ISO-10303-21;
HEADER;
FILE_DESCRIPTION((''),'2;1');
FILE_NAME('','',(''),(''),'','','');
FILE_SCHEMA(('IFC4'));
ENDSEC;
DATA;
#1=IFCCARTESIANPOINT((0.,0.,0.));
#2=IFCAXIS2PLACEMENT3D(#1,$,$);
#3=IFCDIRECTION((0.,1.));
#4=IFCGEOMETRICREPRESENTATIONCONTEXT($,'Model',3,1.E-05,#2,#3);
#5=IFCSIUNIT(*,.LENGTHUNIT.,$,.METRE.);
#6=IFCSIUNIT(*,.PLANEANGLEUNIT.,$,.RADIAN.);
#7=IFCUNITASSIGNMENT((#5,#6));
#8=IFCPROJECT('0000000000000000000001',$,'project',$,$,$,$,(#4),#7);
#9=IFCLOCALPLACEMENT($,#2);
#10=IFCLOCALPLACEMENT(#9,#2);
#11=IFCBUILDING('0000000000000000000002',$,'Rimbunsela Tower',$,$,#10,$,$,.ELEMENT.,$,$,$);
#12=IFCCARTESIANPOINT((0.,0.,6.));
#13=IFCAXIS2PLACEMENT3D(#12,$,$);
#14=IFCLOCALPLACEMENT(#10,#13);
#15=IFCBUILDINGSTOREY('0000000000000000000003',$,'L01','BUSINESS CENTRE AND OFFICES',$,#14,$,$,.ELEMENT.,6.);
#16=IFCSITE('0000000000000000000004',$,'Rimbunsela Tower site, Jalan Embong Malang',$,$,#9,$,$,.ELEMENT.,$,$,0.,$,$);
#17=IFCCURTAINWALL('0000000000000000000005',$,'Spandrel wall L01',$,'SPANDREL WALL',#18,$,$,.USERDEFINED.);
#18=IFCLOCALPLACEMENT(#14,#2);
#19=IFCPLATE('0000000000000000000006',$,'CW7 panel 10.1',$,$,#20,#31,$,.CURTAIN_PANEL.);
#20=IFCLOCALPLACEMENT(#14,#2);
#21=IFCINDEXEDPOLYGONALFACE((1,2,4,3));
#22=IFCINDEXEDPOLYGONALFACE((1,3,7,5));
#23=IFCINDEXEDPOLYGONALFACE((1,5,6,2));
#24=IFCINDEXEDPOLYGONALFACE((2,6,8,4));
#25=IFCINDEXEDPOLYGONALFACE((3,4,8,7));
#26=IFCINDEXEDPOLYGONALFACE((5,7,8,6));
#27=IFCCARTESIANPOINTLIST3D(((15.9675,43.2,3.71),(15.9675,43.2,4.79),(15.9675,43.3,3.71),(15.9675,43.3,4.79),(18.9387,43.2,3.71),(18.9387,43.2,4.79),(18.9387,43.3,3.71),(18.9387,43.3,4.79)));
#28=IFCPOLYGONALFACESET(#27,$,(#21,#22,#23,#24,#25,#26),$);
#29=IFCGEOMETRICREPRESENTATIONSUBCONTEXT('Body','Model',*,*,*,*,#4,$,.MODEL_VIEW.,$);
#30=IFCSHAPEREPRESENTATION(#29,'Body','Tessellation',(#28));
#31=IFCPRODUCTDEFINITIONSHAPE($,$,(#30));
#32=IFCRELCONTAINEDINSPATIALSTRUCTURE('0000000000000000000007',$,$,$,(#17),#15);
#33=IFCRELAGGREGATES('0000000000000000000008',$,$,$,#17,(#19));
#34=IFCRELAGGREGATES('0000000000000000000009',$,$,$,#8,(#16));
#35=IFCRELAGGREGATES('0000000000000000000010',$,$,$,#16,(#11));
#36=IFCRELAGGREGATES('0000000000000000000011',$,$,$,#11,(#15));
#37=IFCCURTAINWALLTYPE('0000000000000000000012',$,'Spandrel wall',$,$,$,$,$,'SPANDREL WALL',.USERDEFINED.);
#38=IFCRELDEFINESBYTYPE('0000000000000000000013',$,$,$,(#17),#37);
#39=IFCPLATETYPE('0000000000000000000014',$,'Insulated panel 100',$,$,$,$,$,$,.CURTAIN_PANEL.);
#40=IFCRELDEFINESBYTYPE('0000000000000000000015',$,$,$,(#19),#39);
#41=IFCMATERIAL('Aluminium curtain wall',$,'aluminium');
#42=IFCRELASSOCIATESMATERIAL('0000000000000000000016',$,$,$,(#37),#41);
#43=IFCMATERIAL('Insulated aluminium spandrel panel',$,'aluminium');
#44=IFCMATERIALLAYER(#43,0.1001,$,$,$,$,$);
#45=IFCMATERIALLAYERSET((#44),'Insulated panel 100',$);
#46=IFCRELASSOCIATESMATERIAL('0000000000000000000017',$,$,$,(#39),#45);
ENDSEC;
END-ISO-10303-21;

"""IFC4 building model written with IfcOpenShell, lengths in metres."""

from ifc_helpers import new_model, si_unit, direction, frame, origin, origin_2d, place, context, subcontext, project, spatial, rectangle, extrude, material, layer, layer_set, type_object, element, aggregate, save


model = new_model("IFC4")

# Units and contexts
model_context = context("Model", 3, precision=1e-05, world=origin(), true_north=direction((0.0, 1.0)))
body_context = subcontext(model_context, "Body", "Model", "MODEL_VIEW")
ifc_project = project(units=[si_unit("LENGTHUNIT", "METRE"), si_unit("PLANEANGLEUNIT", "RADIAN")], contexts=[model_context])

# Site, building, storey
site_placement = place(None, origin())
site = spatial("IfcSite", under=ifc_project, at=site_placement, Name="Rimbunsela Tower site, Jalan Embong Malang", CompositionType="ELEMENT", RefElevation=0.0)
building_placement = place(site_placement, origin())
building = spatial("IfcBuilding", under=site, at=building_placement, Name="Rimbunsela Tower", CompositionType="ELEMENT")
storey_placement = place(building_placement, frame((0.0, 0.0, 6.0)))
storey = spatial("IfcBuildingStorey", under=building, at=storey_placement, Name="L01", Description="BUSINESS CENTRE AND OFFICES", CompositionType="ELEMENT", Elevation=6.0)

# Curtain wall
ifc_material_1 = material(Name="Aluminium curtain wall", Category="aluminium")
curtain_wall_type_1 = type_object("IfcCurtainWallType", Name="Spandrel wall", ElementType="SPANDREL WALL", PredefinedType="USERDEFINED", material=ifc_material_1)
curtain_wall_1_placement = place(storey_placement, origin())
curtain_wall_1 = element("IfcCurtainWall", 1, at=curtain_wall_1_placement, inside=storey, type_object=curtain_wall_type_1, Name="Spandrel wall L01", ObjectType="SPANDREL WALL", PredefinedType="USERDEFINED")

# Plate
ifc_material_2 = material(Name="Insulated aluminium spandrel panel", Category="aluminium")
ifc_layer_1 = layer(ifc_material_2, 0.1001)
ifc_layer_set_1 = layer_set([ifc_layer_1], Name="Insulated panel 100")
plate_type_1 = type_object("IfcPlateType", Name="Insulated panel 100", PredefinedType="CURTAIN_PANEL", material=ifc_layer_set_1)
plate_1_placement = place(storey_placement, frame((17.4531, 43.25, 3.71), z_axis=(0.0, 0.0, 1.0), x_axis=(-1.0, 0.0, 0.0)))
plate_1 = element("IfcPlate", 2, at=plate_1_placement, type_object=plate_type_1, Name="CW7 panel 10.1", PredefinedType="CURTAIN_PANEL", context=body_context, shape_type="SweptSolid", body=[
    extrude(rectangle(XDim=2.9712, YDim=0.1001, at=origin_2d()), origin(), (0.0, 0.0, 1.0), 1.0801),
])
aggregate(curtain_wall_1, [plate_1])

save(model, "model.ifc")
